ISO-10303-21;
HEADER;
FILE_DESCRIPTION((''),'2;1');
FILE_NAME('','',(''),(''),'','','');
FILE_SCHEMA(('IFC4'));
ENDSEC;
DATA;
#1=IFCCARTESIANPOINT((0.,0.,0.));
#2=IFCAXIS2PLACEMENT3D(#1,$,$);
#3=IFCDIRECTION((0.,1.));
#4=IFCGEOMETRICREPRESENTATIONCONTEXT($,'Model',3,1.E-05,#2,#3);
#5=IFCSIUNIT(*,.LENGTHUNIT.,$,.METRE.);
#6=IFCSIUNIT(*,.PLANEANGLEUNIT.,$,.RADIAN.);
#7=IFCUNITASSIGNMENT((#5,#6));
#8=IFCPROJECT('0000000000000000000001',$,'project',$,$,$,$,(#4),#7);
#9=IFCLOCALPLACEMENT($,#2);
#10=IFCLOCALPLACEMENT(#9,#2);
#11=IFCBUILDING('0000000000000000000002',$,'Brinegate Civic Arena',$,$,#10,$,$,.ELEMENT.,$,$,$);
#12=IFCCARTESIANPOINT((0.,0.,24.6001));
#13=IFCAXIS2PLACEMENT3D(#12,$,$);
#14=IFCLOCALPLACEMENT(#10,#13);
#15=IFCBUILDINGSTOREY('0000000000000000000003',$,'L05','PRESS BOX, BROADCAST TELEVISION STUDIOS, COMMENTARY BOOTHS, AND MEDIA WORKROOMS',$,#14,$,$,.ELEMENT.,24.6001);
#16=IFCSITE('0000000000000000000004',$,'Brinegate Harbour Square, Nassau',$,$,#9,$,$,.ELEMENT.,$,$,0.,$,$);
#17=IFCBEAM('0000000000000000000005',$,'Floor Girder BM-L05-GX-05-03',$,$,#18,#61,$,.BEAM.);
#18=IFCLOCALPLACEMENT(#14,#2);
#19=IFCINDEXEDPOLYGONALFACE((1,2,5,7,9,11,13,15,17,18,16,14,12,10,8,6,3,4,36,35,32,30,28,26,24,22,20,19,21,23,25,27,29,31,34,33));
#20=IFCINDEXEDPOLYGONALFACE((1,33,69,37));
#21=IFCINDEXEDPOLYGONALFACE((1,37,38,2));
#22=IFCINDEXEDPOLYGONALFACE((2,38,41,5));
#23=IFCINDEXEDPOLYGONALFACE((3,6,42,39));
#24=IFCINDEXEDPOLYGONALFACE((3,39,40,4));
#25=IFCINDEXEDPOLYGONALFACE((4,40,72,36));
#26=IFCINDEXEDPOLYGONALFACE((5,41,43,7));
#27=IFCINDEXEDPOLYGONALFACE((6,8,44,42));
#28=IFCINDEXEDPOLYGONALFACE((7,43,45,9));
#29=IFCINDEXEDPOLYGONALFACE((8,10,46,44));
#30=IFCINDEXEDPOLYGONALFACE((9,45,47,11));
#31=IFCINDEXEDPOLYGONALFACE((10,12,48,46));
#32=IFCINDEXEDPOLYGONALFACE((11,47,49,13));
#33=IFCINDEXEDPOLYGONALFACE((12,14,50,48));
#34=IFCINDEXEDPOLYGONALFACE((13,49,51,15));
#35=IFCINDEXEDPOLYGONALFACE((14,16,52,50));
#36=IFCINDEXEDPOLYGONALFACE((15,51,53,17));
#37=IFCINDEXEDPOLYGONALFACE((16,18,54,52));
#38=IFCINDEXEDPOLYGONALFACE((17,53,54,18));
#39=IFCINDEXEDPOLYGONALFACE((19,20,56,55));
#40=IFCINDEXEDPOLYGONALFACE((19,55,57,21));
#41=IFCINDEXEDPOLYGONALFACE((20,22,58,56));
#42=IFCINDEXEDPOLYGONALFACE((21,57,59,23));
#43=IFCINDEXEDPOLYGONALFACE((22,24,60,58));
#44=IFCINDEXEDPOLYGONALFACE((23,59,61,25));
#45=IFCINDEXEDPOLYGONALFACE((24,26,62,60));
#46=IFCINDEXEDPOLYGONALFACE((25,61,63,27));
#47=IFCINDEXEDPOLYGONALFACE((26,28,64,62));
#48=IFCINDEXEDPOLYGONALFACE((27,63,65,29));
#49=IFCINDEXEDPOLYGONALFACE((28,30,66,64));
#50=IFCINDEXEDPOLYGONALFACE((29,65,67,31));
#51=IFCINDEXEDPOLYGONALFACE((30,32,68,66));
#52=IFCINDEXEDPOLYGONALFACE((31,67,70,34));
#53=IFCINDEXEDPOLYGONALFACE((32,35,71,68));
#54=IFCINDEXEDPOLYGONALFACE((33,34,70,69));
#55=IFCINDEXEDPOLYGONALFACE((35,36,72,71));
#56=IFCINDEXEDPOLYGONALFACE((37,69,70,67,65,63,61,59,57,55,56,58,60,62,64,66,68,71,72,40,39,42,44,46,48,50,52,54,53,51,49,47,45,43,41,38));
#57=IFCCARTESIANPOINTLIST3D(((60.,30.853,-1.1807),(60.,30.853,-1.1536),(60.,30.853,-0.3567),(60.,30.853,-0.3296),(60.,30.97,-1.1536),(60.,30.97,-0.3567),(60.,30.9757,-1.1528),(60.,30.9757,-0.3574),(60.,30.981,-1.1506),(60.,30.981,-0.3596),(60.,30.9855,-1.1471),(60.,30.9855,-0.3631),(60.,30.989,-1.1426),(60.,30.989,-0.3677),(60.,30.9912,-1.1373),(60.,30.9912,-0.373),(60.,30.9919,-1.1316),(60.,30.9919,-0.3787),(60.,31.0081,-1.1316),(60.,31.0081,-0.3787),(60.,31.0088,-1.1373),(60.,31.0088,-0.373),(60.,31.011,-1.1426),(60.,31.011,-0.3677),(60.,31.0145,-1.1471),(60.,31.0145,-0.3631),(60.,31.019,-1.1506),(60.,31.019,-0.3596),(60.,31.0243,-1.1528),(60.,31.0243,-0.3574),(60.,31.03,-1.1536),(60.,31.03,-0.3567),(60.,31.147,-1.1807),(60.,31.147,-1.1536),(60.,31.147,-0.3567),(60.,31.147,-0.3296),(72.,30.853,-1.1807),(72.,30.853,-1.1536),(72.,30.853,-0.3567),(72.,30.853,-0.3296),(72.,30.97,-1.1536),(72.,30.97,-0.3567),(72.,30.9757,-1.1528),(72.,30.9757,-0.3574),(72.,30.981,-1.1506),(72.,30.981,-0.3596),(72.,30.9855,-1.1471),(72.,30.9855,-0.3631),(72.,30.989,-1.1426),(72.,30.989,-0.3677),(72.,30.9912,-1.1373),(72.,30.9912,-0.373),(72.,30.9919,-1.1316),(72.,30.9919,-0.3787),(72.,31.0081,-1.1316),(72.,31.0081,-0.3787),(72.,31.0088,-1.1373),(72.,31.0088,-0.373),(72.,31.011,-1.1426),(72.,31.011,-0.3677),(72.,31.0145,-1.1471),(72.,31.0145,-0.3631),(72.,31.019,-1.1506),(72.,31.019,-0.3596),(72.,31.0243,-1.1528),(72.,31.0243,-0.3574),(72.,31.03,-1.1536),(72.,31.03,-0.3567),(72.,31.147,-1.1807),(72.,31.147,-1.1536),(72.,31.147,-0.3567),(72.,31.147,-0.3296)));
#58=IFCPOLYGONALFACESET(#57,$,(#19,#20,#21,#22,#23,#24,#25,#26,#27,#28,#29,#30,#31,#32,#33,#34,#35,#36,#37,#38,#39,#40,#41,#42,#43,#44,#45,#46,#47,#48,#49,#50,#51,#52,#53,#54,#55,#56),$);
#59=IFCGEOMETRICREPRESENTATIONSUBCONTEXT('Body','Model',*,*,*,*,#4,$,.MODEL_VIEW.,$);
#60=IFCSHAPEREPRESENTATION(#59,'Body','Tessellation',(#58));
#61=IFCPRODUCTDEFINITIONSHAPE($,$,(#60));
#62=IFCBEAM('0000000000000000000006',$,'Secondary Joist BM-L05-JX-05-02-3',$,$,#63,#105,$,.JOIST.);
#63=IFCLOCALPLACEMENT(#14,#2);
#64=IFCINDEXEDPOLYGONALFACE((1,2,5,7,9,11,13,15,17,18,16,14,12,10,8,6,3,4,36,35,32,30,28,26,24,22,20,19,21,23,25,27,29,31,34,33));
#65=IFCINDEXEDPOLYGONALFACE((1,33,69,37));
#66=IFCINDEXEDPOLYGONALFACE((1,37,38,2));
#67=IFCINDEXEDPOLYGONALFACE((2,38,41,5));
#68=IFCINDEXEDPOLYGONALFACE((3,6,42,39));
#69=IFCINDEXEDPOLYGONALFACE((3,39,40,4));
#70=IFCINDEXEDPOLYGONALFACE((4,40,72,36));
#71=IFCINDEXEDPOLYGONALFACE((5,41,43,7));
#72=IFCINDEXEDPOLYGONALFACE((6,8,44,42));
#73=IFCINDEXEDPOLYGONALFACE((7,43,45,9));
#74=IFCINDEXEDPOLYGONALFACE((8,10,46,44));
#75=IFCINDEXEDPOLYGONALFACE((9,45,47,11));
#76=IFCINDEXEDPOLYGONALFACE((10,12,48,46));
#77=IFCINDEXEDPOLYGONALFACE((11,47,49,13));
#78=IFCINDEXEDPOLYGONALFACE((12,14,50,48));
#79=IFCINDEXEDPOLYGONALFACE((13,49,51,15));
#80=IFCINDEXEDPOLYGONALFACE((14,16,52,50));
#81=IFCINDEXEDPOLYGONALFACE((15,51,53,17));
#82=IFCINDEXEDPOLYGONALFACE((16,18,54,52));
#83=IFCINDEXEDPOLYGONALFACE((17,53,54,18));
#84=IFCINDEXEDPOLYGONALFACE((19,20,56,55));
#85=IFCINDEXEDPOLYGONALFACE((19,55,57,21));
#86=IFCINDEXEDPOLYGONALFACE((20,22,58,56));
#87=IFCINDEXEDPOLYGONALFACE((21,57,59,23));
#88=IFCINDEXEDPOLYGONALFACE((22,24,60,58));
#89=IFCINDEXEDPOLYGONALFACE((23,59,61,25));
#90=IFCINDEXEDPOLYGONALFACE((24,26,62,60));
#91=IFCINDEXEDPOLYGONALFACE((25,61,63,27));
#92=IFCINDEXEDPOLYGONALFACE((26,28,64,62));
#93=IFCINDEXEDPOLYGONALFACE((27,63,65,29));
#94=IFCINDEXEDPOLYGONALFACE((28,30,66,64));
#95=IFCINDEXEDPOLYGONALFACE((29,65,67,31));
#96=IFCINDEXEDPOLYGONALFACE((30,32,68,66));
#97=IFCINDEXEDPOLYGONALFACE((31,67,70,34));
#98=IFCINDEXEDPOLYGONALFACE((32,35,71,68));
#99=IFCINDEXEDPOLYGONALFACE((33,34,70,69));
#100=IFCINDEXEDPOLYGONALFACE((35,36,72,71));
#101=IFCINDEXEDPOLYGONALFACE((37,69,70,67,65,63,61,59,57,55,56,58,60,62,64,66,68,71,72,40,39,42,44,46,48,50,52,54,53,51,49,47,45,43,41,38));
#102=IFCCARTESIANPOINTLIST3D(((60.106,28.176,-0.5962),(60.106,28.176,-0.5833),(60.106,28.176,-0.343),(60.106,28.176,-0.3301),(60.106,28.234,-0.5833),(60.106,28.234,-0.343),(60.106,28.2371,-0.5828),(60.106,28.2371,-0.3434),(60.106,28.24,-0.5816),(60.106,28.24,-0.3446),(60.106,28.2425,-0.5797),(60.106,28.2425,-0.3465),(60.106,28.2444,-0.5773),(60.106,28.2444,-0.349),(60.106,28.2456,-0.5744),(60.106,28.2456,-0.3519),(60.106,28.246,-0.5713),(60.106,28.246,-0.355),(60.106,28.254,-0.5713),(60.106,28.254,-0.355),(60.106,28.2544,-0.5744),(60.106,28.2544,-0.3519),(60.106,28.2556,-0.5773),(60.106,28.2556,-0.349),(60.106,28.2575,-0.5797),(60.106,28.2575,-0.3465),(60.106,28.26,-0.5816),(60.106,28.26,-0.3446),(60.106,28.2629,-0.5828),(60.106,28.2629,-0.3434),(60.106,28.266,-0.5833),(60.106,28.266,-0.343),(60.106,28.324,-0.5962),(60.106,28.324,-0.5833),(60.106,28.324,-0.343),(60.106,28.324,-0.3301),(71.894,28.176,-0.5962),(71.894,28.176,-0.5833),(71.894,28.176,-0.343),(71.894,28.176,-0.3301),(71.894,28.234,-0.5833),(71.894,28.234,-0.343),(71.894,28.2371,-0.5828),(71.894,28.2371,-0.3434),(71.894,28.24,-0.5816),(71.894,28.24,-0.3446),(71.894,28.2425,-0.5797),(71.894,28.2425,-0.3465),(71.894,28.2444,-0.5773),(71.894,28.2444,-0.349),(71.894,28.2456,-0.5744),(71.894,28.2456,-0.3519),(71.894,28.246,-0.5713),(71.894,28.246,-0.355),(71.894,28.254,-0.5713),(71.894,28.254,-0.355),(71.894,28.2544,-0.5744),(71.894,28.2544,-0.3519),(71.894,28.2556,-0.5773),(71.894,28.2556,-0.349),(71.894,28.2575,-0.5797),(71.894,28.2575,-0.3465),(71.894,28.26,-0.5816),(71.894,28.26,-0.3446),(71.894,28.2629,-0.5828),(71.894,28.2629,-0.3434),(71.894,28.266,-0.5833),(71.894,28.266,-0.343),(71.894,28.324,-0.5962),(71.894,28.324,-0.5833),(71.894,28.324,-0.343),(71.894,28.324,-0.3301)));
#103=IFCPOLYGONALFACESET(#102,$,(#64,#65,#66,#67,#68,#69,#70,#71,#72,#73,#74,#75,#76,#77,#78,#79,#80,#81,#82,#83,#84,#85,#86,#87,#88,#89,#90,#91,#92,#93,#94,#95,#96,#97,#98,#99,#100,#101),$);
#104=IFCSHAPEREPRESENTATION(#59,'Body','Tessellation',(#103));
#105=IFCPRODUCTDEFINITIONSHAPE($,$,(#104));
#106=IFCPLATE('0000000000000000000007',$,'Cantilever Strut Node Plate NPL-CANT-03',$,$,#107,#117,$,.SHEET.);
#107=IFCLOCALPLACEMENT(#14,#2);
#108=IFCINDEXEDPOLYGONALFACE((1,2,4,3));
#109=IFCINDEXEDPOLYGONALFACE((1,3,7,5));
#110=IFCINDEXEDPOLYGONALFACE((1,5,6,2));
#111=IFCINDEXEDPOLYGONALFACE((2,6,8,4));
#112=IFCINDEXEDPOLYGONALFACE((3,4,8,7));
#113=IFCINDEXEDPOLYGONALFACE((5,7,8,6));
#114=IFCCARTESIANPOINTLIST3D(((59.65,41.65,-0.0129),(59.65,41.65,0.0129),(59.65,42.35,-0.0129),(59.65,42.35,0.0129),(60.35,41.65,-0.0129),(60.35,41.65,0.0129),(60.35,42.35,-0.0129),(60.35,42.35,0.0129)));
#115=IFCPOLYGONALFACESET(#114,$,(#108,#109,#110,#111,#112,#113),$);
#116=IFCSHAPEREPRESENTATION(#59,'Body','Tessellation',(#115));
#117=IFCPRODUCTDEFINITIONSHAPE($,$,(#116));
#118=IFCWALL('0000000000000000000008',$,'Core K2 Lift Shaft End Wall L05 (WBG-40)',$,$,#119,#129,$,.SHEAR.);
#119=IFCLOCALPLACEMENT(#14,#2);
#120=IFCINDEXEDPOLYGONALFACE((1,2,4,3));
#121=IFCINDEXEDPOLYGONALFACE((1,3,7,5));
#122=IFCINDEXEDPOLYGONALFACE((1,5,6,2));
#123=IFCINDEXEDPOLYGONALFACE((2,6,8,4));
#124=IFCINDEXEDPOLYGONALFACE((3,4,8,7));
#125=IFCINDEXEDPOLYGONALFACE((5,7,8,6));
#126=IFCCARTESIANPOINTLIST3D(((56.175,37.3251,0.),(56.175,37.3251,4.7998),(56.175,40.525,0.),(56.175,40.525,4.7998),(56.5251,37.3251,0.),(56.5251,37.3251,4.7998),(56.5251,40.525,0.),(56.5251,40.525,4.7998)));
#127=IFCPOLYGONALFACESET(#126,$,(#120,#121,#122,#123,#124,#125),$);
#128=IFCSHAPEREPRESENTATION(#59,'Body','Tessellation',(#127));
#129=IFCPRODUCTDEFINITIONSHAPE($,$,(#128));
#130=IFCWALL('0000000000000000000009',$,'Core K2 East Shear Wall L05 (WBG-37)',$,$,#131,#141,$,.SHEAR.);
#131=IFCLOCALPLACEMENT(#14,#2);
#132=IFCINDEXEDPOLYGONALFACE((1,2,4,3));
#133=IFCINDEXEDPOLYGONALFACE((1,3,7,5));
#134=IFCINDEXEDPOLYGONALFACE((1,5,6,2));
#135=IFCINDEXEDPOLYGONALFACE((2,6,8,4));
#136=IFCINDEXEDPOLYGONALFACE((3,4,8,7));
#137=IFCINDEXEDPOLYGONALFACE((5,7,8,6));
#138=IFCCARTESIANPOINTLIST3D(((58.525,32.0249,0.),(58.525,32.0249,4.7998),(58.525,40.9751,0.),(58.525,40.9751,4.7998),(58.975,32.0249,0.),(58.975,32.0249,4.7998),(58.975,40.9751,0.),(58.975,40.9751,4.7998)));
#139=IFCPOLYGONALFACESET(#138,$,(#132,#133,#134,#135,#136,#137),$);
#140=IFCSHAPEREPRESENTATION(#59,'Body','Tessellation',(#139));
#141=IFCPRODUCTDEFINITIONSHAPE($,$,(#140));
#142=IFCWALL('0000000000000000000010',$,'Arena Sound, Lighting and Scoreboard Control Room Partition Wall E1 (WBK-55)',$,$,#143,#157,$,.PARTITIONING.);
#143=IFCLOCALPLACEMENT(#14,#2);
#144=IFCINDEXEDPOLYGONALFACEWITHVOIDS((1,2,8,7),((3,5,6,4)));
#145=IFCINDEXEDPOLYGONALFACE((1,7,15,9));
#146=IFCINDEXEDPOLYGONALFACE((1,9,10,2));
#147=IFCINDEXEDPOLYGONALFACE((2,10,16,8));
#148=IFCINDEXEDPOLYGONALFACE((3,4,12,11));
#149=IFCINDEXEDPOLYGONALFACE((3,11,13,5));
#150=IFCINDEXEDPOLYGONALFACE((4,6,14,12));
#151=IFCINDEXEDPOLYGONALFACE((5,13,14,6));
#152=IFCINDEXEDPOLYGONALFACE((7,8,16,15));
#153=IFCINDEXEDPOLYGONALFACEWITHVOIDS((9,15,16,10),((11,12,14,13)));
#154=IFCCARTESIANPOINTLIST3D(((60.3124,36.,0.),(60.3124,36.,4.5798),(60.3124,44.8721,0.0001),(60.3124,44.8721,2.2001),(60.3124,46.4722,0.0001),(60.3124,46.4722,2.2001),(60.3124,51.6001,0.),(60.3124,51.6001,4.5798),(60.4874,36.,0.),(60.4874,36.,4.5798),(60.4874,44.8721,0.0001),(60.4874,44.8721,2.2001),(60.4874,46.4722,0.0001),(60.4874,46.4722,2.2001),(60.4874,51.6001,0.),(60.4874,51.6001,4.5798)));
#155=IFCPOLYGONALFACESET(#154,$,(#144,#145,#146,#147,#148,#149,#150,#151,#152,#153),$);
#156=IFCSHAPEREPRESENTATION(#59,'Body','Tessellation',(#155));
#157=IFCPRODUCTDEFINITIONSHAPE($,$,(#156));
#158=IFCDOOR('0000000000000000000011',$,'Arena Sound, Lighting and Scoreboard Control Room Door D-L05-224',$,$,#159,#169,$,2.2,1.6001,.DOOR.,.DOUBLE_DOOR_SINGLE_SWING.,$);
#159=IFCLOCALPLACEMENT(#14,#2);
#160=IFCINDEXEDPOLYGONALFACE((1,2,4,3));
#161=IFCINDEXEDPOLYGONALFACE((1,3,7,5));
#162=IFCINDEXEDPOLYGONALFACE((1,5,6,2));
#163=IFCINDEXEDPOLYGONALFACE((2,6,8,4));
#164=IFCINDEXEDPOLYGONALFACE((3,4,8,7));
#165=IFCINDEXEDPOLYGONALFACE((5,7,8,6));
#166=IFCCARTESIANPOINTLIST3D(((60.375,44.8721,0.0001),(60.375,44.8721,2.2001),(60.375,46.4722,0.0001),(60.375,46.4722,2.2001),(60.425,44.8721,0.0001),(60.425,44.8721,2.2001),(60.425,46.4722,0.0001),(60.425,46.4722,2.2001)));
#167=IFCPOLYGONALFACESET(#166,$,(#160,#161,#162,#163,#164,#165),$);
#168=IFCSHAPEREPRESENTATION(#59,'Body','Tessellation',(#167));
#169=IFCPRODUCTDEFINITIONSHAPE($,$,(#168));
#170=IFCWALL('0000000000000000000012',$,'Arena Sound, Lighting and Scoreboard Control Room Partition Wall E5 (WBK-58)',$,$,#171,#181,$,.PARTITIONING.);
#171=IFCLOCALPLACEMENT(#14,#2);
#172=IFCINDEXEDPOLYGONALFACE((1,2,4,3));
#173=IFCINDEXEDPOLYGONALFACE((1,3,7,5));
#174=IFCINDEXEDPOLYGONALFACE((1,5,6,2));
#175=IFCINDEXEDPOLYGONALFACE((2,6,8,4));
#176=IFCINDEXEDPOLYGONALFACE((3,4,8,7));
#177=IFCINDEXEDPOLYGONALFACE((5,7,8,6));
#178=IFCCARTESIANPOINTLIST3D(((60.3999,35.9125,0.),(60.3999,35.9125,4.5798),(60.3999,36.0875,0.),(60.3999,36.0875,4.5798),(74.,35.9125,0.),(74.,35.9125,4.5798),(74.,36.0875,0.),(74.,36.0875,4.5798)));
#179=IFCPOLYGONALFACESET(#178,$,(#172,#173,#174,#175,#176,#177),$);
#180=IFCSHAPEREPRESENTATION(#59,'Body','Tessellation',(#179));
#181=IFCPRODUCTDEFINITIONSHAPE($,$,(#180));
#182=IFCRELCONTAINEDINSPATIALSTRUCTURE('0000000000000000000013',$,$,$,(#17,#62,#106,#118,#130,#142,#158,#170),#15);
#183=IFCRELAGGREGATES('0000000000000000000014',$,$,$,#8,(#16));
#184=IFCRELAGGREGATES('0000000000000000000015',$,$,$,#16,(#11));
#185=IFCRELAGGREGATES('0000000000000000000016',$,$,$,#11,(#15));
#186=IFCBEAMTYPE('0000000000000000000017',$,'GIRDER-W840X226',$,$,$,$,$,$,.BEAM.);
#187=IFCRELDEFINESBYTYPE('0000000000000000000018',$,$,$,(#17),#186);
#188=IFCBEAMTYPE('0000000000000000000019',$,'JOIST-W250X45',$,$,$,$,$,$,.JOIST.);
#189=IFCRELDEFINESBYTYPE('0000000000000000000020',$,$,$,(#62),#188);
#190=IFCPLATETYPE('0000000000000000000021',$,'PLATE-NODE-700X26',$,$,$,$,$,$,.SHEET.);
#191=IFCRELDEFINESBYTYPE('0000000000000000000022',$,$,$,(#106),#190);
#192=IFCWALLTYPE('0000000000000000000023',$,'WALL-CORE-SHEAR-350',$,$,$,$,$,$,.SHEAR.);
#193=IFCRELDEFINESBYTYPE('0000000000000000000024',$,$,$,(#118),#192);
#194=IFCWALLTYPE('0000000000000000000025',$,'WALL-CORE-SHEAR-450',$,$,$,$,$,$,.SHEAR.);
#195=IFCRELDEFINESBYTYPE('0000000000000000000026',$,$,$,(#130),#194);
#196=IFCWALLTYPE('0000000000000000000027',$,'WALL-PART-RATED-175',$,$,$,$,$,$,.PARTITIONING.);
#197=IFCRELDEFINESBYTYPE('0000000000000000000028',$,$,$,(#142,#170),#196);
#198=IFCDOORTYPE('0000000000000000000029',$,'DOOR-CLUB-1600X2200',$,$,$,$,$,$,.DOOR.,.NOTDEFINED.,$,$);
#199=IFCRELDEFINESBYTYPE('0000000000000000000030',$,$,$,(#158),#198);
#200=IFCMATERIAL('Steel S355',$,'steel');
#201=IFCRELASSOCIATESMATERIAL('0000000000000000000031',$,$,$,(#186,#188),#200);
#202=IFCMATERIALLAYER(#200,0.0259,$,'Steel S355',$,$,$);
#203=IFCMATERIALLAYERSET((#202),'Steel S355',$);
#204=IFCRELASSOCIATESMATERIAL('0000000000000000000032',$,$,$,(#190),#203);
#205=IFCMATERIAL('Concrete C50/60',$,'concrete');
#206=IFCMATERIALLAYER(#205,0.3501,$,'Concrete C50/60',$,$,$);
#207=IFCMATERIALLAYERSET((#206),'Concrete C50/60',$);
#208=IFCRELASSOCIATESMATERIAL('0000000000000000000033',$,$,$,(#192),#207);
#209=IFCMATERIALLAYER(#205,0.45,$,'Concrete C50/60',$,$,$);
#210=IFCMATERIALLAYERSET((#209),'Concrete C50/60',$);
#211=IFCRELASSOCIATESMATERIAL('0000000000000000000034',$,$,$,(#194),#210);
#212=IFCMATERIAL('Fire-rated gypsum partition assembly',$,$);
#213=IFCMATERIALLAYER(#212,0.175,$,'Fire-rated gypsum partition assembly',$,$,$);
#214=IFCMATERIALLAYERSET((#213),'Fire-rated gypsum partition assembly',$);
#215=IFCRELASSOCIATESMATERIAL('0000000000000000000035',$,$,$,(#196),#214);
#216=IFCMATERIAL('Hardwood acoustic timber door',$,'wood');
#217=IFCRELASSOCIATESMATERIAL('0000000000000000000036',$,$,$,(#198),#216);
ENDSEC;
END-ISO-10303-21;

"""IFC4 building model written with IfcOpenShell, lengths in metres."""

from ifc_helpers import new_model, si_unit, direction, frame, frame_2d, origin, origin_2d, place, context, subcontext, project, spatial, rectangle, i_section, extrude, material, layer, layer_set, material_profile, profile_set, type_object, element, fill, save


model = new_model("IFC4")

# Units and contexts
model_context = context("Model", 3, precision=1e-05, world=origin(), true_north=direction((0.0, 1.0)))
body_context = subcontext(model_context, "Body", "Model", "MODEL_VIEW")
ifc_project = project(units=[si_unit("LENGTHUNIT", "METRE"), si_unit("PLANEANGLEUNIT", "RADIAN")], contexts=[model_context])

# Site, building, storey
site_placement = place(None, origin())
site = spatial("IfcSite", under=ifc_project, at=site_placement, Name="Brinegate Harbour Square, Nassau", CompositionType="ELEMENT", RefElevation=0.0)
building_placement = place(site_placement, origin())
building = spatial("IfcBuilding", under=site, at=building_placement, Name="Brinegate Civic Arena", CompositionType="ELEMENT")
storey_placement = place(building_placement, frame((0.0, 0.0, 24.6001)))
storey = spatial("IfcBuildingStorey", under=building, at=storey_placement, Name="L05", Description="PRESS BOX, BROADCAST TELEVISION STUDIOS, COMMENTARY BOOTHS, AND MEDIA WORKROOMS", CompositionType="ELEMENT", Elevation=24.6001)

# Shared definitions
ifc_material_1 = material(Name="Steel S355", Category="steel")

# Beams
ifc_material_profile_1 = material_profile(ifc_material_1, i_section(OverallWidth=0.2939, OverallDepth=0.8511, WebThickness=0.0161, FlangeThickness=0.0271, FilletRadius=0.022, at=origin_2d()), Name="W840X226")
ifc_profile_set_1 = profile_set([ifc_material_profile_1], Name="Steel S355")
beam_type_1 = type_object("IfcBeamType", Name="GIRDER-W840X226", PredefinedType="BEAM", material=ifc_profile_set_1)
beam_1_placement = place(storey_placement, frame((60.0, 31.0, -0.7551), z_axis=(1.0, 0.0, 0.0), x_axis=(0.0, 1.0, 0.0)))
element("IfcBeam", 1, at=beam_1_placement, inside=storey, type_object=beam_type_1, Name="Floor Girder BM-L05-GX-05-03", PredefinedType="BEAM", context=body_context, shape_type="SweptSolid", body=[
    extrude(i_section(OverallWidth=0.2939, OverallDepth=0.8511, WebThickness=0.0161, FlangeThickness=0.0271, FilletRadius=0.022, at=origin_2d()), origin(), (0.0, 0.0, 1.0), 12.0),
])
ifc_material_profile_2 = material_profile(ifc_material_1, i_section(OverallWidth=0.1479, OverallDepth=0.2661, WebThickness=0.0081, FlangeThickness=0.0129, FilletRadius=0.012, at=origin_2d()), Name="W250X45")
ifc_profile_set_2 = profile_set([ifc_material_profile_2], Name="Steel S355")
beam_type_2 = type_object("IfcBeamType", Name="JOIST-W250X45", PredefinedType="JOIST", material=ifc_profile_set_2)
beam_2_placement = place(storey_placement, frame((60.106, 28.25, -0.4631), z_axis=(1.0, 0.0, 0.0), x_axis=(0.0, 1.0, 0.0)))
element("IfcBeam", 2, at=beam_2_placement, inside=storey, type_object=beam_type_2, Name="Secondary Joist BM-L05-JX-05-02-3", PredefinedType="JOIST", context=body_context, shape_type="SweptSolid", body=[
    extrude(i_section(OverallWidth=0.1479, OverallDepth=0.2661, WebThickness=0.0081, FlangeThickness=0.0129, FilletRadius=0.012, at=origin_2d()), origin(), (0.0, 0.0, 1.0), 11.7881),
])

# Plate
ifc_layer_1 = layer(ifc_material_1, 0.0259, Name="Steel S355")
ifc_layer_set_1 = layer_set([ifc_layer_1], Name="Steel S355")
plate_type = type_object("IfcPlateType", Name="PLATE-NODE-700X26", PredefinedType="SHEET", material=ifc_layer_set_1)
plate_placement = place(storey_placement, frame((60.0, 42.0, -0.0129), z_axis=(0.0, 0.0, 1.0), x_axis=(1.0, 0.0, 0.0)))
element("IfcPlate", 3, at=plate_placement, inside=storey, type_object=plate_type, Name="Cantilever Strut Node Plate NPL-CANT-03", PredefinedType="SHEET", context=body_context, shape_type="SweptSolid", body=[
    extrude(rectangle(XDim=0.7, YDim=0.7, at=origin_2d()), origin(), (0.0, 0.0, 1.0), 0.0259),
])

# Walls
ifc_material_2 = material(Name="Concrete C50/60", Category="concrete")
ifc_layer_2 = layer(ifc_material_2, 0.3501, Name="Concrete C50/60")
ifc_layer_set_2 = layer_set([ifc_layer_2], Name="Concrete C50/60")
wall_type_1 = type_object("IfcWallType", Name="WALL-CORE-SHEAR-350", PredefinedType="SHEAR", material=ifc_layer_set_2)
wall_1_placement = place(storey_placement, frame((56.3501, 37.325, 0.0), z_axis=(0.0, 0.0, 1.0), x_axis=(0.0, 1.0, 0.0)))
element("IfcWall", 4, at=wall_1_placement, inside=storey, type_object=wall_type_1, Name="Core K2 Lift Shaft End Wall L05 (WBG-40)", PredefinedType="SHEAR", context=body_context, shape_type="SweptSolid", body=[
    extrude(rectangle(XDim=3.2, YDim=0.3501, at=frame_2d((1.6001, 0.0))), origin(), (0.0, 0.0, 1.0), 4.7998),
])
ifc_layer_3 = layer(ifc_material_2, 0.45, Name="Concrete C50/60")
ifc_layer_set_3 = layer_set([ifc_layer_3], Name="Concrete C50/60")
wall_type_2 = type_object("IfcWallType", Name="WALL-CORE-SHEAR-450", PredefinedType="SHEAR", material=ifc_layer_set_3)
wall_2_placement = place(storey_placement, frame((58.75, 32.0249, 0.0), z_axis=(0.0, 0.0, 1.0), x_axis=(0.0, 1.0, 0.0)))
element("IfcWall", 5, at=wall_2_placement, inside=storey, type_object=wall_type_2, Name="Core K2 East Shear Wall L05 (WBG-37)", PredefinedType="SHEAR", context=body_context, shape_type="SweptSolid", body=[
    extrude(rectangle(XDim=8.9502, YDim=0.45, at=frame_2d((4.4751, 0.0))), origin(), (0.0, 0.0, 1.0), 4.7998),
])

# Wall, opening, door
ifc_material_3 = material(Name="Fire-rated gypsum partition assembly")
ifc_layer_4 = layer(ifc_material_3, 0.175, Name="Fire-rated gypsum partition assembly")
ifc_layer_set_4 = layer_set([ifc_layer_4], Name="Fire-rated gypsum partition assembly")
wall_type_3 = type_object("IfcWallType", Name="WALL-PART-RATED-175", PredefinedType="PARTITIONING", material=ifc_layer_set_4)
wall_3_placement = place(storey_placement, frame((60.3999, 36.0, 0.0), z_axis=(0.0, 0.0, 1.0), x_axis=(0.0, 1.0, 0.0)))
wall_3 = element("IfcWall", 6, at=wall_3_placement, inside=storey, type_object=wall_type_3, Name="Arena Sound, Lighting and Scoreboard Control Room Partition Wall E1 (WBK-55)", PredefinedType="PARTITIONING", context=body_context, shape_type="SweptSolid", body=[
    extrude(rectangle(XDim=15.6001, YDim=0.175, at=frame_2d((7.8, 0.0))), origin(), (0.0, 0.0, 1.0), 4.5798),
])
opening_1_placement = place(wall_3_placement, frame((8.8721, 0.0, 0.0)))
opening_1 = element("IfcOpeningElement", 7, at=opening_1_placement, cuts=wall_3, PredefinedType="OPENING", context=body_context, shape_type="SweptSolid", body=[
    extrude(rectangle(XDim=1.6001, YDim=2.2, at=frame_2d((0.8, 1.1001))), frame((0.0, 0.0974, 0.0), z_axis=(0.0, -1.0, 0.0), x_axis=(1.0, 0.0, 0.0)), (0.0, 0.0, 1.0), 0.1951),
])
ifc_material_4 = material(Name="Hardwood acoustic timber door", Category="wood")
door_type_1 = type_object("IfcDoorType", Name="DOOR-CLUB-1600X2200", OperationType="NOTDEFINED", PredefinedType="DOOR", material=ifc_material_4)
door_1_placement = place(opening_1_placement, origin())
door_1 = element("IfcDoor", 8, at=door_1_placement, inside=storey, type_object=door_type_1, Name="Arena Sound, Lighting and Scoreboard Control Room Door D-L05-224", OperationType="DOUBLE_DOOR_SINGLE_SWING", OverallHeight=2.2, OverallWidth=1.6001, PredefinedType="DOOR", context=body_context, shape_type="SweptSolid", body=[
    extrude(rectangle(XDim=1.6001, YDim=2.2, at=frame_2d((0.8, 1.1001))), frame((0.0, 0.0249, 0.0), z_axis=(0.0, -1.0, 0.0), x_axis=(1.0, 0.0, 0.0)), (0.0, 0.0, 1.0), 0.05),
])
fill(opening_1, door_1)

# Wall
wall_4_placement = place(storey_placement, frame((74.0, 36.0, 0.0), z_axis=(0.0, 0.0, 1.0), x_axis=(-1.0, 0.0, 0.0)))
element("IfcWall", 9, at=wall_4_placement, inside=storey, type_object=wall_type_3, Name="Arena Sound, Lighting and Scoreboard Control Room Partition Wall E5 (WBK-58)", PredefinedType="PARTITIONING", context=body_context, shape_type="SweptSolid", body=[
    extrude(rectangle(XDim=13.6001, YDim=0.175, at=frame_2d((6.8, 0.0))), origin(), (0.0, 0.0, 1.0), 4.5798),
])

save(model, "model.ifc")
